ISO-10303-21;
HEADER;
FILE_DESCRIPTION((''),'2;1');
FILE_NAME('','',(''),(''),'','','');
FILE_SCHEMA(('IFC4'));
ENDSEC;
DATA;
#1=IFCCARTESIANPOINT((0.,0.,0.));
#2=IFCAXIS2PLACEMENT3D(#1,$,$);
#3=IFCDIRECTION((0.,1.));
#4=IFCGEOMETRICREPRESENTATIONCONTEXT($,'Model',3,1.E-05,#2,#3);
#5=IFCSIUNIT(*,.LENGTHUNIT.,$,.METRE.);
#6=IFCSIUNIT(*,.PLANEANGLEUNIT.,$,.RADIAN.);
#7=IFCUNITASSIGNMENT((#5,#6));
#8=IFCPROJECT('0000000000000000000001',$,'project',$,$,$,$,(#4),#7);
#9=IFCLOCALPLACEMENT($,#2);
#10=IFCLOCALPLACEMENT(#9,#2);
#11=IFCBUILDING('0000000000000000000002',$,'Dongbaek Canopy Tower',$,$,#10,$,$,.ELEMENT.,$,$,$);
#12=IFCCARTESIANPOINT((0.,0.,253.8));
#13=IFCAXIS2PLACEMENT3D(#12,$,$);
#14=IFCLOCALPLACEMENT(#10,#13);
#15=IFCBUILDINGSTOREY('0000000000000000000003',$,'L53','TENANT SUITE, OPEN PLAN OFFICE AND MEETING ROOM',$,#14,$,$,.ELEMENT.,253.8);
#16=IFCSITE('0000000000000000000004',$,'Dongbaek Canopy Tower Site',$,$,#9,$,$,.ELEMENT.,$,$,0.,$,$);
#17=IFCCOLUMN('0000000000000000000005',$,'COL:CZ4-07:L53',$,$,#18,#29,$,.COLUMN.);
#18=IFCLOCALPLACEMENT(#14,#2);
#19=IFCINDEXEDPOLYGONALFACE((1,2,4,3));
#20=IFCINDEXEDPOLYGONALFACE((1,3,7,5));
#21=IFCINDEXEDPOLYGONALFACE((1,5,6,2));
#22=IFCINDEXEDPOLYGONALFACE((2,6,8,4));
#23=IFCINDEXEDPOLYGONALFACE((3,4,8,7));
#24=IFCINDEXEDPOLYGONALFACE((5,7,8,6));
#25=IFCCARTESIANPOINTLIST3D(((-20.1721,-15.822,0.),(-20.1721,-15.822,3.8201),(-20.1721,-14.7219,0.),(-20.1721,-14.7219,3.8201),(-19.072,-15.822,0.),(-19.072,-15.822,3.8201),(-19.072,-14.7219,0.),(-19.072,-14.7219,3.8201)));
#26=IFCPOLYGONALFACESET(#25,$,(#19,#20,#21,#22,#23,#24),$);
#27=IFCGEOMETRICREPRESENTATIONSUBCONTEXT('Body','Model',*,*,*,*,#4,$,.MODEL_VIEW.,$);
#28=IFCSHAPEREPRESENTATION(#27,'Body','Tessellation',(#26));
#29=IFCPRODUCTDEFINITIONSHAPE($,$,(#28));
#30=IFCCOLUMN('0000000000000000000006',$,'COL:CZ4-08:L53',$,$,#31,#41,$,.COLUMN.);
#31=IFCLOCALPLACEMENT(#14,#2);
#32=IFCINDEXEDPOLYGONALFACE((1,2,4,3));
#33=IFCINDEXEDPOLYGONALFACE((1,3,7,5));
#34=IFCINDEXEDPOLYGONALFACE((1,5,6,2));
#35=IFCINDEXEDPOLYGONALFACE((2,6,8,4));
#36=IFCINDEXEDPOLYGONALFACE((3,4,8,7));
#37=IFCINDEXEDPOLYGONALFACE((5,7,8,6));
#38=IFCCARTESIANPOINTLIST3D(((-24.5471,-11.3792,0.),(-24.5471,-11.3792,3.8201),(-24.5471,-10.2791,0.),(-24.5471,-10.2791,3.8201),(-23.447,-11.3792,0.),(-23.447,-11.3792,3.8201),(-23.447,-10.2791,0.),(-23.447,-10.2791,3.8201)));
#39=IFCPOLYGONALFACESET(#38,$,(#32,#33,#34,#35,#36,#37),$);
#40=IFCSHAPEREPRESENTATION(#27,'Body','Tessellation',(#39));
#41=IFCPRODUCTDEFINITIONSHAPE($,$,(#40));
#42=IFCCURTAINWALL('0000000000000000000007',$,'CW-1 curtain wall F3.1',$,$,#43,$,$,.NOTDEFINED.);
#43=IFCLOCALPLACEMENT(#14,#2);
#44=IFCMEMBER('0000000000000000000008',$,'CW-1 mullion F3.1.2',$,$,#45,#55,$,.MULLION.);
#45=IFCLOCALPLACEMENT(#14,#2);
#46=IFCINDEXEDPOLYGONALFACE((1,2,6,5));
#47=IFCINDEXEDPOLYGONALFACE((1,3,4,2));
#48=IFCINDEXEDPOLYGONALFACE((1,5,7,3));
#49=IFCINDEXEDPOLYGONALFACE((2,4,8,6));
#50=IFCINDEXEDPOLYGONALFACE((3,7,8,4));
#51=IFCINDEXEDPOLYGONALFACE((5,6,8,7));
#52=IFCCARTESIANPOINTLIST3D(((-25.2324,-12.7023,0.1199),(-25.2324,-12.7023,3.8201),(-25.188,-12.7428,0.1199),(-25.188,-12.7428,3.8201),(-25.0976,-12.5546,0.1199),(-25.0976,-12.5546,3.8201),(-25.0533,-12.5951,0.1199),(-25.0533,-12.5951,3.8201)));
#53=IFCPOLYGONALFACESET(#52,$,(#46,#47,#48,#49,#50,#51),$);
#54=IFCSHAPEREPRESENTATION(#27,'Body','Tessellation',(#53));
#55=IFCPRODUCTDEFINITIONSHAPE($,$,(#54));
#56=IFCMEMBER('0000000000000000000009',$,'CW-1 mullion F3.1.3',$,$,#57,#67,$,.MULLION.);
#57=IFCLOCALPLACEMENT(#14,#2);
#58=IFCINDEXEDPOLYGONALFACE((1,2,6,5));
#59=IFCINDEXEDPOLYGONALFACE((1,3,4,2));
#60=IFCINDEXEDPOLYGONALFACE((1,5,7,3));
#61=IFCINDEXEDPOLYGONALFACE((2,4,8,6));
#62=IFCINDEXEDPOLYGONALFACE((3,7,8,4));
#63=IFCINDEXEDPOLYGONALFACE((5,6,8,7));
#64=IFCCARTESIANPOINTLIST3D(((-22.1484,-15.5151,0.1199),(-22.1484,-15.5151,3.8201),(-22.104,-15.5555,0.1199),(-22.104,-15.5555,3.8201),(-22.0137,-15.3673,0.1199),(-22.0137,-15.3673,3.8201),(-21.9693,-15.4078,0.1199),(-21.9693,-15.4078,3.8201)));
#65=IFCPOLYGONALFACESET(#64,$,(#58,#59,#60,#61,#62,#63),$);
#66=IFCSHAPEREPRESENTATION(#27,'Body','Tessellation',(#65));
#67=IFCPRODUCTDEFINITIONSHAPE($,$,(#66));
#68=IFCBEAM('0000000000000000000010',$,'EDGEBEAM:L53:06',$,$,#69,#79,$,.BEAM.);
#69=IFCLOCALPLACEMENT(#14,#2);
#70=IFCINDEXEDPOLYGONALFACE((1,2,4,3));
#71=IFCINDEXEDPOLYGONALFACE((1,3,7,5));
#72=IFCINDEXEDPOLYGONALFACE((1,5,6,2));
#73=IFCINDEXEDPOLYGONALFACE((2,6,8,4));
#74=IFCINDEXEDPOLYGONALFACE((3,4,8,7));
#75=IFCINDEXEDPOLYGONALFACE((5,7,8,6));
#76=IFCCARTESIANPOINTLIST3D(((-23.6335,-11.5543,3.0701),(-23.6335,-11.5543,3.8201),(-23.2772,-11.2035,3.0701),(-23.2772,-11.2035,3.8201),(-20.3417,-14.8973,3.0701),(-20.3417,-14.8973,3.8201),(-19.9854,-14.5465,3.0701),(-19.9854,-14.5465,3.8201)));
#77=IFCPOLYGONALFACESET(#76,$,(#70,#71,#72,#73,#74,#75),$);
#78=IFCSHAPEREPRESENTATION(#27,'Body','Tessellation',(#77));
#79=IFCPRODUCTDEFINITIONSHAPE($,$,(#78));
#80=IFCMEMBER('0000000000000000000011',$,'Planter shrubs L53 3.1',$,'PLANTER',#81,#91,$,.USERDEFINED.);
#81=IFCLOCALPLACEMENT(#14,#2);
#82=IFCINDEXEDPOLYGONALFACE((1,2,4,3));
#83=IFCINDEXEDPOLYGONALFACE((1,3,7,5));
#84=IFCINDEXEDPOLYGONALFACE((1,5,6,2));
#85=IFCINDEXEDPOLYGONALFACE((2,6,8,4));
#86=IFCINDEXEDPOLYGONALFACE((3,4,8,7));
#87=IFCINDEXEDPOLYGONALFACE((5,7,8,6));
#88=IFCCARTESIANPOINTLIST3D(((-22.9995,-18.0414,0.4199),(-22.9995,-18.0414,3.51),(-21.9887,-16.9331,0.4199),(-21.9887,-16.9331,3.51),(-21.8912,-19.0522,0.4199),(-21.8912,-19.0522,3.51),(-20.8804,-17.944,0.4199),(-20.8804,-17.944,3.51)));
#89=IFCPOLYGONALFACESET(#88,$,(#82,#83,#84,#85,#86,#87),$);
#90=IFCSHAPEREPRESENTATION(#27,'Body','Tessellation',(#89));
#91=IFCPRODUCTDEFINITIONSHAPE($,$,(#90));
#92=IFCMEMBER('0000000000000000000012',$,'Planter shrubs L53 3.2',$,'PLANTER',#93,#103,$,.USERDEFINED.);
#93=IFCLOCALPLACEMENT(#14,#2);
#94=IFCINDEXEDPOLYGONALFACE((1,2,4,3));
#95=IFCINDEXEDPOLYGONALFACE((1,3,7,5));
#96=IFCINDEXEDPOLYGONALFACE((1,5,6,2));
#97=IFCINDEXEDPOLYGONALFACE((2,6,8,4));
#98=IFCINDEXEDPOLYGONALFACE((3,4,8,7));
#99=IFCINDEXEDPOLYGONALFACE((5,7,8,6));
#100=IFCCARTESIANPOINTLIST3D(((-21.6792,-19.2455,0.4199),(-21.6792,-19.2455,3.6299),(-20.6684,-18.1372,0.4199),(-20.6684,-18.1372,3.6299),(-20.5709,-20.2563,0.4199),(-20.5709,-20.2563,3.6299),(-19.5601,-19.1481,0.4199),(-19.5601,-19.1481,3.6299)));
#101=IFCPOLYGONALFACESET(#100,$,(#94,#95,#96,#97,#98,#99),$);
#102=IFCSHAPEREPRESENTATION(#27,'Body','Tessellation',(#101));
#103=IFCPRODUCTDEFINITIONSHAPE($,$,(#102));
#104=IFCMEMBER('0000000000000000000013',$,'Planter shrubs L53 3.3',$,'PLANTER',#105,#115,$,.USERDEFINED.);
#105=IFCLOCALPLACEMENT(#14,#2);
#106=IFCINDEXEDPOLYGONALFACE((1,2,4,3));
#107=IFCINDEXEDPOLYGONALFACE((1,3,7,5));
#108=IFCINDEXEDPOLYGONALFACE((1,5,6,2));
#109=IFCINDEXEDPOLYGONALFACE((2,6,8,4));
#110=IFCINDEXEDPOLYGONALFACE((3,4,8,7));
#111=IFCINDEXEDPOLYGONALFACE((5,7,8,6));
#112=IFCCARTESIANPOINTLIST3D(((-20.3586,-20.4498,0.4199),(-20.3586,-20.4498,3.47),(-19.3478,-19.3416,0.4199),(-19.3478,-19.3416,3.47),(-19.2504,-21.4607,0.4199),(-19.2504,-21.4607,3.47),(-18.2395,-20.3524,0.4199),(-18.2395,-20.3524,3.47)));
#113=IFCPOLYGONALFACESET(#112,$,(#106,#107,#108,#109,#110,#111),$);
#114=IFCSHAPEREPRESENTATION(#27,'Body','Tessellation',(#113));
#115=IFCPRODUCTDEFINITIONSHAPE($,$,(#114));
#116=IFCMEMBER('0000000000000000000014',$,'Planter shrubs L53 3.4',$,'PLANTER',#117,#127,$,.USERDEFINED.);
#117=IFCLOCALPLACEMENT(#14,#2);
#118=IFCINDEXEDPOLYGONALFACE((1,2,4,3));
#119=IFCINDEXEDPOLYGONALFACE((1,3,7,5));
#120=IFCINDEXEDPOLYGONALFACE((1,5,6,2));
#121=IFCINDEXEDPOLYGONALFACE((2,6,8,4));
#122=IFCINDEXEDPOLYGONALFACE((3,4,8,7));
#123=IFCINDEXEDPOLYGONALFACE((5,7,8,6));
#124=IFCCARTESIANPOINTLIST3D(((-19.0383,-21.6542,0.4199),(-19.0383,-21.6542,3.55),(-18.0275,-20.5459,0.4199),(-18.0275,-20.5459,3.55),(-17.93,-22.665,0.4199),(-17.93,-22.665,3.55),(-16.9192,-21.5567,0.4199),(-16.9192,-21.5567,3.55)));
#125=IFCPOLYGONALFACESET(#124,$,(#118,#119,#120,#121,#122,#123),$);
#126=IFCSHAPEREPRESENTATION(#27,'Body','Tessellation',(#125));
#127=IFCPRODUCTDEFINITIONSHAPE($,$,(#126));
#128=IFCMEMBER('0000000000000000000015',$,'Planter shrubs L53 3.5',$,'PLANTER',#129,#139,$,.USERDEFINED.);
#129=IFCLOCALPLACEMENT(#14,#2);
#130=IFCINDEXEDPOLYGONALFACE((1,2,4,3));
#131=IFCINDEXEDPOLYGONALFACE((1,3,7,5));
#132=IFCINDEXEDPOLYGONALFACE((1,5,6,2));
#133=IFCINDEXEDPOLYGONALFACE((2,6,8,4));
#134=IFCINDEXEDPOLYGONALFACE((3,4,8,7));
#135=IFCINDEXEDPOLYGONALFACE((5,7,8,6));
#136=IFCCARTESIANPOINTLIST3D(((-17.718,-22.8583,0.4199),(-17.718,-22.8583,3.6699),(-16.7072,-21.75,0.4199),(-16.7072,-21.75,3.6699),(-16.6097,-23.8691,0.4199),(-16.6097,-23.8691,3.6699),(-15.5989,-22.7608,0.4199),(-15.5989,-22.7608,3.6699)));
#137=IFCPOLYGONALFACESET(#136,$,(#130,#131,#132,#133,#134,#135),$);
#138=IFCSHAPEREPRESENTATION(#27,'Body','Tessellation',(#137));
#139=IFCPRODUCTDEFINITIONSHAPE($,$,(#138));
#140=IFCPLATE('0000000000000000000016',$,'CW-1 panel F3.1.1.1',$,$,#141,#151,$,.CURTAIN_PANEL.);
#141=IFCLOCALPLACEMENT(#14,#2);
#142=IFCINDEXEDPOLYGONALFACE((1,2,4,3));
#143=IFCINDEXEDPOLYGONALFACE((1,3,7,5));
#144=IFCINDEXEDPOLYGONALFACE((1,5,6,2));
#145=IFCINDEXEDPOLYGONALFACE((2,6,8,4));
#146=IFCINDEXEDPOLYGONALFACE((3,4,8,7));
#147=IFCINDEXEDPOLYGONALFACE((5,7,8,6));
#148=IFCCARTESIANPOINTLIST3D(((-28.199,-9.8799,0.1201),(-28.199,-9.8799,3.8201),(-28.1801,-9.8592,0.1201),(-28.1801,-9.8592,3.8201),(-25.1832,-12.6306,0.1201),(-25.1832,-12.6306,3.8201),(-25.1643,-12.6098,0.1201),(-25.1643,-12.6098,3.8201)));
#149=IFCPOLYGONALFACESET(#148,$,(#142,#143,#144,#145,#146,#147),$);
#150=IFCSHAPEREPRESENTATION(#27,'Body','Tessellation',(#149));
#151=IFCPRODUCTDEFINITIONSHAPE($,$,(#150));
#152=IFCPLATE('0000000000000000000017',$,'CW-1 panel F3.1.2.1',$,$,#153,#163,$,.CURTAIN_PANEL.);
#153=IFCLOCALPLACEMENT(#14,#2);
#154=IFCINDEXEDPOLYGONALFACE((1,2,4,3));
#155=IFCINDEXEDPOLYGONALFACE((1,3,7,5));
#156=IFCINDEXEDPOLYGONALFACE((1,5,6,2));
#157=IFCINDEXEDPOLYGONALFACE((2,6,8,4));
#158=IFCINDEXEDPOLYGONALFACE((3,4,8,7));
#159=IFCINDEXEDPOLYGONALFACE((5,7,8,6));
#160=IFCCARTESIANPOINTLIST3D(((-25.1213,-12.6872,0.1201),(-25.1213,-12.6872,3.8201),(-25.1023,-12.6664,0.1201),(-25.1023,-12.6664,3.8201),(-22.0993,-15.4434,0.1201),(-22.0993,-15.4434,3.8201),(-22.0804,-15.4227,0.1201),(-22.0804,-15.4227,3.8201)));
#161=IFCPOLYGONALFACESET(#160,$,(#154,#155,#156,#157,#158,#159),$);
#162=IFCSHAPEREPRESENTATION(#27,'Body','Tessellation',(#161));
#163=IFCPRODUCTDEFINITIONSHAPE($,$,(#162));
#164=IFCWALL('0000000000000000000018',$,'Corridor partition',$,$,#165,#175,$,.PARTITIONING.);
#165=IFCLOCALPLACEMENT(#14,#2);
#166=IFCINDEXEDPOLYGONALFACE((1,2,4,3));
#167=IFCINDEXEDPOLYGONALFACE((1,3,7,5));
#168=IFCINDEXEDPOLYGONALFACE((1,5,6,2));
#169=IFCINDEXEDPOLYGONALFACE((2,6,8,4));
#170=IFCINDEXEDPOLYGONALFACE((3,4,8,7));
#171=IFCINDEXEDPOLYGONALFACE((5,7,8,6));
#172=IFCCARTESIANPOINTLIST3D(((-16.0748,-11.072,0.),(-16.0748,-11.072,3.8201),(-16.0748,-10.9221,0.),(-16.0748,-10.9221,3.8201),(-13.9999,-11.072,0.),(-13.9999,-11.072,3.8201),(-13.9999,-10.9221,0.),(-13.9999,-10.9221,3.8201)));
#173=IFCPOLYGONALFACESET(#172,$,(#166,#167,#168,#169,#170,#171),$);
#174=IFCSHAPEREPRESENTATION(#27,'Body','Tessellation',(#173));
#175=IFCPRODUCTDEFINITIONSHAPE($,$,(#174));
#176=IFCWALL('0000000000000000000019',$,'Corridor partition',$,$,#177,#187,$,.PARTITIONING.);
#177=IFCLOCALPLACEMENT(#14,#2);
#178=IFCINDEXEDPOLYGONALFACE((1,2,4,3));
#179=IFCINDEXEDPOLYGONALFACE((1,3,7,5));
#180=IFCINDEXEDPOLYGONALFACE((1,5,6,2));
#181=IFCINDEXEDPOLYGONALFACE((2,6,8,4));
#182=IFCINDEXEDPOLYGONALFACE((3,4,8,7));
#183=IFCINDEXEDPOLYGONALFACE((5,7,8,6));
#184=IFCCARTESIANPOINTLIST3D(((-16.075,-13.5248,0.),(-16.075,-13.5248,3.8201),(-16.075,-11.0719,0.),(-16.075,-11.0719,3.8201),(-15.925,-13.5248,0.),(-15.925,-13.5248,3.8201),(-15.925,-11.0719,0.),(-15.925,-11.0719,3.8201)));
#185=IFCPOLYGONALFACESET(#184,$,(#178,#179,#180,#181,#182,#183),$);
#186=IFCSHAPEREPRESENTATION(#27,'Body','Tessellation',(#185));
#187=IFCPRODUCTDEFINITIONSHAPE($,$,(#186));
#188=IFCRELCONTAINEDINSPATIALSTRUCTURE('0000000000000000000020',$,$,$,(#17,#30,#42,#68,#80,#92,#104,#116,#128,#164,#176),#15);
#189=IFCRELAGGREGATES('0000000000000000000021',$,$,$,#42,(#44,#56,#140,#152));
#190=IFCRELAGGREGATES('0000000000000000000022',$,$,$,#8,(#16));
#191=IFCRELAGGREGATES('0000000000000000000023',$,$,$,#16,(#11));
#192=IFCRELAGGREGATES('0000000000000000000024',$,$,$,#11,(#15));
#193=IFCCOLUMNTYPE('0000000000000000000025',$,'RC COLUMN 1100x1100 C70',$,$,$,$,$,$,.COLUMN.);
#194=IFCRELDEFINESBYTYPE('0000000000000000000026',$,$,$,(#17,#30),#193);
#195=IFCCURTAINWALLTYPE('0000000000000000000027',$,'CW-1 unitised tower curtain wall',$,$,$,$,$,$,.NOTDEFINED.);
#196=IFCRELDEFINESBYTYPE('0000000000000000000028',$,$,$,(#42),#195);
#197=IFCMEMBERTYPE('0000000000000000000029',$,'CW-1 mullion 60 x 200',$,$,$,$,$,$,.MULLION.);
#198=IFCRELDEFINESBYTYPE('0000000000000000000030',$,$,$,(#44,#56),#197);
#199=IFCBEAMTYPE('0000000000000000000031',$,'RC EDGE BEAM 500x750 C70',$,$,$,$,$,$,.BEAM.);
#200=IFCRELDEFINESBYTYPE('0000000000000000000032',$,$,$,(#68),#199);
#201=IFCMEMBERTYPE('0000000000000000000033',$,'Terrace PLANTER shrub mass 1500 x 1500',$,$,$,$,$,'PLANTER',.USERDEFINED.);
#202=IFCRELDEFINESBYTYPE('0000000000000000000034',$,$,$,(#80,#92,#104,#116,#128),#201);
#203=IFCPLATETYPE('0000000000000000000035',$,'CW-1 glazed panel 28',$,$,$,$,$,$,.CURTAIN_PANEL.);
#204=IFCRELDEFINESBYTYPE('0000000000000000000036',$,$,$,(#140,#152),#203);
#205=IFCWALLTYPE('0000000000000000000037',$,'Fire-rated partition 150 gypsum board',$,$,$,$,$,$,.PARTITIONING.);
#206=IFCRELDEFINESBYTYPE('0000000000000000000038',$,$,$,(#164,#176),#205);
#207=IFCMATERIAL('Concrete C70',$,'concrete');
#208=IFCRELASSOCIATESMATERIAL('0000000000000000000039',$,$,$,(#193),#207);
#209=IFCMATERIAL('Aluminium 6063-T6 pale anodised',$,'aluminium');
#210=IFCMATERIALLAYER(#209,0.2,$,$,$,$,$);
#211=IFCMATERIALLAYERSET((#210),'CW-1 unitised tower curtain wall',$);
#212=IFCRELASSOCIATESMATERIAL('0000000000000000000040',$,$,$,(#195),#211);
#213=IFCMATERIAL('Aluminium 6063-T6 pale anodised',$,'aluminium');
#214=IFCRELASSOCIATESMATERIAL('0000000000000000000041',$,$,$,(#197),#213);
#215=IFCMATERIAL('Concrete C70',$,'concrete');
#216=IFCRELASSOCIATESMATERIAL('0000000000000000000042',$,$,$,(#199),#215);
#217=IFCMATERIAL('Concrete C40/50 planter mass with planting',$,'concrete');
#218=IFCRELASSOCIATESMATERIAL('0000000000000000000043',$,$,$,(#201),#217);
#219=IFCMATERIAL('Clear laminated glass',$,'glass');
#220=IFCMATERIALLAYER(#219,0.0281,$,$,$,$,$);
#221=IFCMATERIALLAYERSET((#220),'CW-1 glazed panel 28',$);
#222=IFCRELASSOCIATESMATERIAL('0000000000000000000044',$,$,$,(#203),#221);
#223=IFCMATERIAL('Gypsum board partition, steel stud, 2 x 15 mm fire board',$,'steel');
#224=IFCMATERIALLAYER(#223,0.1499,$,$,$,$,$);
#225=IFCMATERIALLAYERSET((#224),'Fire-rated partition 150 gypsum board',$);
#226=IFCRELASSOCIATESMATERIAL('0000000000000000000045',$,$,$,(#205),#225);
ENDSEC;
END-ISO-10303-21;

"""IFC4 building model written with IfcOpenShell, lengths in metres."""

from ifc_helpers import new_model, si_unit, direction, frame, frame_2d, origin, origin_2d, place, context, subcontext, project, spatial, rectangle, extrude, material, layer, layer_set, material_profile, profile_set, type_object, element, aggregate, save


model = new_model("IFC4")

# Units and contexts
model_context = context("Model", 3, precision=1e-05, world=origin(), true_north=direction((0.0, 1.0)))
body_context = subcontext(model_context, "Body", "Model", "MODEL_VIEW")
ifc_project = project(units=[si_unit("LENGTHUNIT", "METRE"), si_unit("PLANEANGLEUNIT", "RADIAN")], contexts=[model_context])

# Site, building, storey
site_placement = place(None, origin())
site = spatial("IfcSite", under=ifc_project, at=site_placement, Name="Dongbaek Canopy Tower Site", CompositionType="ELEMENT", RefElevation=0.0)
building_placement = place(site_placement, origin())
building = spatial("IfcBuilding", under=site, at=building_placement, Name="Dongbaek Canopy Tower", CompositionType="ELEMENT")
storey_placement = place(building_placement, frame((0.0, 0.0, 253.8)))
storey = spatial("IfcBuildingStorey", under=building, at=storey_placement, Name="L53", Description="TENANT SUITE, OPEN PLAN OFFICE AND MEETING ROOM", CompositionType="ELEMENT", Elevation=253.8)

# Columns
ifc_material_1 = material(Name="Concrete C70", Category="concrete")
ifc_material_profile_1 = material_profile(ifc_material_1, rectangle(XDim=1.1001, YDim=1.1001, at=origin_2d()), Name="RC COLUMN 1100x1100 C70")
ifc_profile_set_1 = profile_set([ifc_material_profile_1], Name="Concrete C70")
column_type = type_object("IfcColumnType", Name="RC COLUMN 1100x1100 C70", PredefinedType="COLUMN", material=ifc_profile_set_1)
for number, where, z_axis, x_axis, name in (
    (1, (-19.6221, -15.272, 0.0), (0.0, 0.0, 1.0), (1.0, 0.0, 0.0), "COL:CZ4-07:L53"),
    (2, (-23.9971, -10.8291, 0.0), (0.0, 0.0, 1.0), (1.0, 0.0, 0.0), "COL:CZ4-08:L53"),
):
    element("IfcColumn", number, at=place(storey_placement, frame(where, z_axis=z_axis, x_axis=x_axis)), inside=storey, type_object=column_type, Name=name, PredefinedType="COLUMN", context=body_context, shape_type="SweptSolid", body=[
        extrude(rectangle(XDim=1.1001, YDim=1.1001, at=origin_2d()), origin(), (0.0, 0.0, 1.0), 3.8201),
    ])

# Curtain wall, members
ifc_material_2 = material(Name="Aluminium 6063-T6 pale anodised", Category="aluminium")
ifc_layer_1 = layer(ifc_material_2, 0.2)
ifc_layer_set_1 = layer_set([ifc_layer_1], Name="CW-1 unitised tower curtain wall")
curtain_wall_type = type_object("IfcCurtainWallType", Name="CW-1 unitised tower curtain wall", PredefinedType="NOTDEFINED", material=ifc_layer_set_1)
curtain_wall_1_placement = place(storey_placement, origin())
curtain_wall_1 = element("IfcCurtainWall", 3, at=curtain_wall_1_placement, inside=storey, type_object=curtain_wall_type, Name="CW-1 curtain wall F3.1", PredefinedType="NOTDEFINED")
ifc_material_3 = material(Name="Aluminium 6063-T6 pale anodised", Category="aluminium")
ifc_material_profile_2 = material_profile(ifc_material_3, rectangle(XDim=0.2, YDim=0.0601, at=origin_2d()), Name="CW-1 mullion 60 x 200")
ifc_profile_set_2 = profile_set([ifc_material_profile_2], Name="Aluminium 6063-T6 pale anodised")
member_type_1 = type_object("IfcMemberType", Name="CW-1 mullion 60 x 200", PredefinedType="MULLION", material=ifc_profile_set_2)
member_1_placement = place(storey_placement, frame((-25.1428, -12.6487, 0.1199), z_axis=(0.0, 0.0, 1.0), x_axis=(-0.673879, -0.738841, 0.0)))
member_1 = element("IfcMember", 4, at=member_1_placement, type_object=member_type_1, Name="CW-1 mullion F3.1.2", PredefinedType="MULLION", context=body_context, shape_type="SweptSolid", body=[
    extrude(rectangle(XDim=0.2, YDim=0.0601, at=origin_2d()), origin(), (0.0, 0.0, 1.0), 3.7002),
])
member_2_placement = place(storey_placement, frame((-22.0588, -15.4614, 0.1199), z_axis=(0.0, 0.0, 1.0), x_axis=(-0.673879, -0.738841, 0.0)))
member_2 = element("IfcMember", 5, at=member_2_placement, type_object=member_type_1, Name="CW-1 mullion F3.1.3", PredefinedType="MULLION", context=body_context, shape_type="SweptSolid", body=[
    extrude(rectangle(XDim=0.2, YDim=0.0601, at=origin_2d()), origin(), (0.0, 0.0, 1.0), 3.7002),
])

# Beam
ifc_material_4 = material(Name="Concrete C70", Category="concrete")
ifc_material_profile_3 = material_profile(ifc_material_4, rectangle(XDim=0.5, YDim=0.75, at=origin_2d()), Name="RC EDGE BEAM 500x750 C70")
ifc_profile_set_3 = profile_set([ifc_material_profile_3], Name="Concrete C70")
beam_type = type_object("IfcBeamType", Name="RC EDGE BEAM 500x750 C70", PredefinedType="BEAM", material=ifc_profile_set_3)
beam_placement = place(storey_placement, frame((-20.1636, -14.7219, 3.4451), z_axis=(-0.701622, 0.71255, 0.0), x_axis=(-0.71255, -0.701622, 0.0)))
element("IfcBeam", 6, at=beam_placement, inside=storey, type_object=beam_type, Name="EDGEBEAM:L53:06", PredefinedType="BEAM", context=body_context, shape_type="SweptSolid", body=[
    extrude(rectangle(XDim=0.5, YDim=0.75, at=origin_2d()), origin(), (0.0, 0.0, 1.0), 4.6917),
])

# Members
ifc_material_5 = material(Name="Concrete C40/50 planter mass with planting", Category="concrete")
ifc_material_profile_4 = material_profile(ifc_material_5, rectangle(XDim=1.5, YDim=1.5, at=origin_2d()), Name="Terrace PLANTER shrub mass 1500 x 1500")
ifc_profile_set_4 = profile_set([ifc_material_profile_4], Name="Concrete C40/50 planter mass with planting")
member_type_2 = type_object("IfcMemberType", Name="Terrace PLANTER shrub mass 1500 x 1500", ElementType="PLANTER", PredefinedType="USERDEFINED", material=ifc_profile_set_4)
member_3_placement = place(storey_placement, frame((-21.9399, -17.9927, 0.4199), z_axis=(0.0, 0.0, 1.0), x_axis=(-0.673879, -0.738841, 0.0)))
element("IfcMember", 7, at=member_3_placement, inside=storey, type_object=member_type_2, Name="Planter shrubs L53 3.1", ObjectType="PLANTER", PredefinedType="USERDEFINED", context=body_context, shape_type="SweptSolid", body=[
    extrude(rectangle(XDim=1.5, YDim=1.5, at=origin_2d()), origin(), (0.0, 0.0, 1.0), 3.0901),
])
member_4_placement = place(storey_placement, frame((-20.6196, -19.1968, 0.4199), z_axis=(0.0, 0.0, 1.0), x_axis=(-0.673879, -0.738841, 0.0)))
element("IfcMember", 8, at=member_4_placement, inside=storey, type_object=member_type_2, Name="Planter shrubs L53 3.2", ObjectType="PLANTER", PredefinedType="USERDEFINED", context=body_context, shape_type="SweptSolid", body=[
    extrude(rectangle(XDim=1.5, YDim=1.5, at=origin_2d()), origin(), (0.0, 0.0, 1.0), 3.21),
])
member_5_placement = place(storey_placement, frame((-19.2991, -20.4011, 0.4199), z_axis=(0.0, 0.0, 1.0), x_axis=(-0.673879, -0.738841, 0.0)))
element("IfcMember", 9, at=member_5_placement, inside=storey, type_object=member_type_2, Name="Planter shrubs L53 3.3", ObjectType="PLANTER", PredefinedType="USERDEFINED", context=body_context, shape_type="SweptSolid", body=[
    extrude(rectangle(XDim=1.5, YDim=1.5, at=origin_2d()), origin(), (0.0, 0.0, 1.0), 3.05),
])
member_6_placement = place(storey_placement, frame((-17.9788, -21.6055, 0.4199), z_axis=(0.0, 0.0, 1.0), x_axis=(-0.673879, -0.738841, 0.0)))
element("IfcMember", 10, at=member_6_placement, inside=storey, type_object=member_type_2, Name="Planter shrubs L53 3.4", ObjectType="PLANTER", PredefinedType="USERDEFINED", context=body_context, shape_type="SweptSolid", body=[
    extrude(rectangle(XDim=1.5, YDim=1.5, at=origin_2d()), origin(), (0.0, 0.0, 1.0), 3.1301),
])
member_7_placement = place(storey_placement, frame((-16.6584, -22.8096, 0.4199), z_axis=(0.0, 0.0, 1.0), x_axis=(-0.673879, -0.738841, 0.0)))
element("IfcMember", 11, at=member_7_placement, inside=storey, type_object=member_type_2, Name="Planter shrubs L53 3.5", ObjectType="PLANTER", PredefinedType="USERDEFINED", context=body_context, shape_type="SweptSolid", body=[
    extrude(rectangle(XDim=1.5, YDim=1.5, at=origin_2d()), origin(), (0.0, 0.0, 1.0), 3.25),
])

# Plates
ifc_material_6 = material(Name="Clear laminated glass", Category="glass")
ifc_layer_2 = layer(ifc_material_6, 0.0281)
ifc_layer_set_2 = layer_set([ifc_layer_2], Name="CW-1 glazed panel 28")
plate_type = type_object("IfcPlateType", Name="CW-1 glazed panel 28", PredefinedType="CURTAIN_PANEL", material=ifc_layer_set_2)
plate_1_placement = place(storey_placement, frame((-26.6816, -11.2449, 0.1201), z_axis=(0.0, 0.0, 1.0), x_axis=(0.738841, -0.673879, 0.0)))
plate_1 = element("IfcPlate", 12, at=plate_1_placement, type_object=plate_type, Name="CW-1 panel F3.1.1.1", PredefinedType="CURTAIN_PANEL", context=body_context, shape_type="SweptSolid", body=[
    extrude(rectangle(XDim=4.0818, YDim=0.0281, at=origin_2d()), origin(), (0.0, 0.0, 1.0), 3.7),
])
plate_2_placement = place(storey_placement, frame((-23.6008, -14.0549, 0.1201), z_axis=(0.0, 0.0, 1.0), x_axis=(0.738841, -0.673879, 0.0)))
plate_2 = element("IfcPlate", 13, at=plate_2_placement, type_object=plate_type, Name="CW-1 panel F3.1.2.1", PredefinedType="CURTAIN_PANEL", context=body_context, shape_type="SweptSolid", body=[
    extrude(rectangle(XDim=4.0901, YDim=0.0281, at=origin_2d()), origin(), (0.0, 0.0, 1.0), 3.7),
])

# Walls
ifc_material_7 = material(Name="Gypsum board partition, steel stud, 2 x 15 mm fire board", Category="steel")
ifc_layer_3 = layer(ifc_material_7, 0.1499)
ifc_layer_set_3 = layer_set([ifc_layer_3], Name="Fire-rated partition 150 gypsum board")
wall_type_1 = type_object("IfcWallType", Name="Fire-rated partition 150 gypsum board", PredefinedType="PARTITIONING", material=ifc_layer_set_3)
wall_1_placement = place(storey_placement, frame((-16.075, -10.9971, 0.0), z_axis=(0.0, 0.0, 1.0), x_axis=(1.0, 0.0, 0.0)))
element("IfcWall", 14, at=wall_1_placement, inside=storey, type_object=wall_type_1, Name="Corridor partition", PredefinedType="PARTITIONING", context=body_context, shape_type="SweptSolid", body=[
    extrude(rectangle(XDim=2.075, YDim=0.1499, at=frame_2d((1.0376, 0.0))), origin(), (0.0, 0.0, 1.0), 3.8201),
])
wall_2_placement = place(storey_placement, frame((-16.0, -13.5249, 0.0), z_axis=(0.0, 0.0, 1.0), x_axis=(0.0, 1.0, 0.0)))
element("IfcWall", 15, at=wall_2_placement, inside=storey, type_object=wall_type_1, Name="Corridor partition", PredefinedType="PARTITIONING", context=body_context, shape_type="SweptSolid", body=[
    extrude(rectangle(XDim=2.4529, YDim=0.1499, at=frame_2d((1.2266, 0.0))), origin(), (0.0, 0.0, 1.0), 3.8201),
])

aggregate(curtain_wall_1, [member_1, member_2, plate_1, plate_2])

save(model, "model.ifc")
